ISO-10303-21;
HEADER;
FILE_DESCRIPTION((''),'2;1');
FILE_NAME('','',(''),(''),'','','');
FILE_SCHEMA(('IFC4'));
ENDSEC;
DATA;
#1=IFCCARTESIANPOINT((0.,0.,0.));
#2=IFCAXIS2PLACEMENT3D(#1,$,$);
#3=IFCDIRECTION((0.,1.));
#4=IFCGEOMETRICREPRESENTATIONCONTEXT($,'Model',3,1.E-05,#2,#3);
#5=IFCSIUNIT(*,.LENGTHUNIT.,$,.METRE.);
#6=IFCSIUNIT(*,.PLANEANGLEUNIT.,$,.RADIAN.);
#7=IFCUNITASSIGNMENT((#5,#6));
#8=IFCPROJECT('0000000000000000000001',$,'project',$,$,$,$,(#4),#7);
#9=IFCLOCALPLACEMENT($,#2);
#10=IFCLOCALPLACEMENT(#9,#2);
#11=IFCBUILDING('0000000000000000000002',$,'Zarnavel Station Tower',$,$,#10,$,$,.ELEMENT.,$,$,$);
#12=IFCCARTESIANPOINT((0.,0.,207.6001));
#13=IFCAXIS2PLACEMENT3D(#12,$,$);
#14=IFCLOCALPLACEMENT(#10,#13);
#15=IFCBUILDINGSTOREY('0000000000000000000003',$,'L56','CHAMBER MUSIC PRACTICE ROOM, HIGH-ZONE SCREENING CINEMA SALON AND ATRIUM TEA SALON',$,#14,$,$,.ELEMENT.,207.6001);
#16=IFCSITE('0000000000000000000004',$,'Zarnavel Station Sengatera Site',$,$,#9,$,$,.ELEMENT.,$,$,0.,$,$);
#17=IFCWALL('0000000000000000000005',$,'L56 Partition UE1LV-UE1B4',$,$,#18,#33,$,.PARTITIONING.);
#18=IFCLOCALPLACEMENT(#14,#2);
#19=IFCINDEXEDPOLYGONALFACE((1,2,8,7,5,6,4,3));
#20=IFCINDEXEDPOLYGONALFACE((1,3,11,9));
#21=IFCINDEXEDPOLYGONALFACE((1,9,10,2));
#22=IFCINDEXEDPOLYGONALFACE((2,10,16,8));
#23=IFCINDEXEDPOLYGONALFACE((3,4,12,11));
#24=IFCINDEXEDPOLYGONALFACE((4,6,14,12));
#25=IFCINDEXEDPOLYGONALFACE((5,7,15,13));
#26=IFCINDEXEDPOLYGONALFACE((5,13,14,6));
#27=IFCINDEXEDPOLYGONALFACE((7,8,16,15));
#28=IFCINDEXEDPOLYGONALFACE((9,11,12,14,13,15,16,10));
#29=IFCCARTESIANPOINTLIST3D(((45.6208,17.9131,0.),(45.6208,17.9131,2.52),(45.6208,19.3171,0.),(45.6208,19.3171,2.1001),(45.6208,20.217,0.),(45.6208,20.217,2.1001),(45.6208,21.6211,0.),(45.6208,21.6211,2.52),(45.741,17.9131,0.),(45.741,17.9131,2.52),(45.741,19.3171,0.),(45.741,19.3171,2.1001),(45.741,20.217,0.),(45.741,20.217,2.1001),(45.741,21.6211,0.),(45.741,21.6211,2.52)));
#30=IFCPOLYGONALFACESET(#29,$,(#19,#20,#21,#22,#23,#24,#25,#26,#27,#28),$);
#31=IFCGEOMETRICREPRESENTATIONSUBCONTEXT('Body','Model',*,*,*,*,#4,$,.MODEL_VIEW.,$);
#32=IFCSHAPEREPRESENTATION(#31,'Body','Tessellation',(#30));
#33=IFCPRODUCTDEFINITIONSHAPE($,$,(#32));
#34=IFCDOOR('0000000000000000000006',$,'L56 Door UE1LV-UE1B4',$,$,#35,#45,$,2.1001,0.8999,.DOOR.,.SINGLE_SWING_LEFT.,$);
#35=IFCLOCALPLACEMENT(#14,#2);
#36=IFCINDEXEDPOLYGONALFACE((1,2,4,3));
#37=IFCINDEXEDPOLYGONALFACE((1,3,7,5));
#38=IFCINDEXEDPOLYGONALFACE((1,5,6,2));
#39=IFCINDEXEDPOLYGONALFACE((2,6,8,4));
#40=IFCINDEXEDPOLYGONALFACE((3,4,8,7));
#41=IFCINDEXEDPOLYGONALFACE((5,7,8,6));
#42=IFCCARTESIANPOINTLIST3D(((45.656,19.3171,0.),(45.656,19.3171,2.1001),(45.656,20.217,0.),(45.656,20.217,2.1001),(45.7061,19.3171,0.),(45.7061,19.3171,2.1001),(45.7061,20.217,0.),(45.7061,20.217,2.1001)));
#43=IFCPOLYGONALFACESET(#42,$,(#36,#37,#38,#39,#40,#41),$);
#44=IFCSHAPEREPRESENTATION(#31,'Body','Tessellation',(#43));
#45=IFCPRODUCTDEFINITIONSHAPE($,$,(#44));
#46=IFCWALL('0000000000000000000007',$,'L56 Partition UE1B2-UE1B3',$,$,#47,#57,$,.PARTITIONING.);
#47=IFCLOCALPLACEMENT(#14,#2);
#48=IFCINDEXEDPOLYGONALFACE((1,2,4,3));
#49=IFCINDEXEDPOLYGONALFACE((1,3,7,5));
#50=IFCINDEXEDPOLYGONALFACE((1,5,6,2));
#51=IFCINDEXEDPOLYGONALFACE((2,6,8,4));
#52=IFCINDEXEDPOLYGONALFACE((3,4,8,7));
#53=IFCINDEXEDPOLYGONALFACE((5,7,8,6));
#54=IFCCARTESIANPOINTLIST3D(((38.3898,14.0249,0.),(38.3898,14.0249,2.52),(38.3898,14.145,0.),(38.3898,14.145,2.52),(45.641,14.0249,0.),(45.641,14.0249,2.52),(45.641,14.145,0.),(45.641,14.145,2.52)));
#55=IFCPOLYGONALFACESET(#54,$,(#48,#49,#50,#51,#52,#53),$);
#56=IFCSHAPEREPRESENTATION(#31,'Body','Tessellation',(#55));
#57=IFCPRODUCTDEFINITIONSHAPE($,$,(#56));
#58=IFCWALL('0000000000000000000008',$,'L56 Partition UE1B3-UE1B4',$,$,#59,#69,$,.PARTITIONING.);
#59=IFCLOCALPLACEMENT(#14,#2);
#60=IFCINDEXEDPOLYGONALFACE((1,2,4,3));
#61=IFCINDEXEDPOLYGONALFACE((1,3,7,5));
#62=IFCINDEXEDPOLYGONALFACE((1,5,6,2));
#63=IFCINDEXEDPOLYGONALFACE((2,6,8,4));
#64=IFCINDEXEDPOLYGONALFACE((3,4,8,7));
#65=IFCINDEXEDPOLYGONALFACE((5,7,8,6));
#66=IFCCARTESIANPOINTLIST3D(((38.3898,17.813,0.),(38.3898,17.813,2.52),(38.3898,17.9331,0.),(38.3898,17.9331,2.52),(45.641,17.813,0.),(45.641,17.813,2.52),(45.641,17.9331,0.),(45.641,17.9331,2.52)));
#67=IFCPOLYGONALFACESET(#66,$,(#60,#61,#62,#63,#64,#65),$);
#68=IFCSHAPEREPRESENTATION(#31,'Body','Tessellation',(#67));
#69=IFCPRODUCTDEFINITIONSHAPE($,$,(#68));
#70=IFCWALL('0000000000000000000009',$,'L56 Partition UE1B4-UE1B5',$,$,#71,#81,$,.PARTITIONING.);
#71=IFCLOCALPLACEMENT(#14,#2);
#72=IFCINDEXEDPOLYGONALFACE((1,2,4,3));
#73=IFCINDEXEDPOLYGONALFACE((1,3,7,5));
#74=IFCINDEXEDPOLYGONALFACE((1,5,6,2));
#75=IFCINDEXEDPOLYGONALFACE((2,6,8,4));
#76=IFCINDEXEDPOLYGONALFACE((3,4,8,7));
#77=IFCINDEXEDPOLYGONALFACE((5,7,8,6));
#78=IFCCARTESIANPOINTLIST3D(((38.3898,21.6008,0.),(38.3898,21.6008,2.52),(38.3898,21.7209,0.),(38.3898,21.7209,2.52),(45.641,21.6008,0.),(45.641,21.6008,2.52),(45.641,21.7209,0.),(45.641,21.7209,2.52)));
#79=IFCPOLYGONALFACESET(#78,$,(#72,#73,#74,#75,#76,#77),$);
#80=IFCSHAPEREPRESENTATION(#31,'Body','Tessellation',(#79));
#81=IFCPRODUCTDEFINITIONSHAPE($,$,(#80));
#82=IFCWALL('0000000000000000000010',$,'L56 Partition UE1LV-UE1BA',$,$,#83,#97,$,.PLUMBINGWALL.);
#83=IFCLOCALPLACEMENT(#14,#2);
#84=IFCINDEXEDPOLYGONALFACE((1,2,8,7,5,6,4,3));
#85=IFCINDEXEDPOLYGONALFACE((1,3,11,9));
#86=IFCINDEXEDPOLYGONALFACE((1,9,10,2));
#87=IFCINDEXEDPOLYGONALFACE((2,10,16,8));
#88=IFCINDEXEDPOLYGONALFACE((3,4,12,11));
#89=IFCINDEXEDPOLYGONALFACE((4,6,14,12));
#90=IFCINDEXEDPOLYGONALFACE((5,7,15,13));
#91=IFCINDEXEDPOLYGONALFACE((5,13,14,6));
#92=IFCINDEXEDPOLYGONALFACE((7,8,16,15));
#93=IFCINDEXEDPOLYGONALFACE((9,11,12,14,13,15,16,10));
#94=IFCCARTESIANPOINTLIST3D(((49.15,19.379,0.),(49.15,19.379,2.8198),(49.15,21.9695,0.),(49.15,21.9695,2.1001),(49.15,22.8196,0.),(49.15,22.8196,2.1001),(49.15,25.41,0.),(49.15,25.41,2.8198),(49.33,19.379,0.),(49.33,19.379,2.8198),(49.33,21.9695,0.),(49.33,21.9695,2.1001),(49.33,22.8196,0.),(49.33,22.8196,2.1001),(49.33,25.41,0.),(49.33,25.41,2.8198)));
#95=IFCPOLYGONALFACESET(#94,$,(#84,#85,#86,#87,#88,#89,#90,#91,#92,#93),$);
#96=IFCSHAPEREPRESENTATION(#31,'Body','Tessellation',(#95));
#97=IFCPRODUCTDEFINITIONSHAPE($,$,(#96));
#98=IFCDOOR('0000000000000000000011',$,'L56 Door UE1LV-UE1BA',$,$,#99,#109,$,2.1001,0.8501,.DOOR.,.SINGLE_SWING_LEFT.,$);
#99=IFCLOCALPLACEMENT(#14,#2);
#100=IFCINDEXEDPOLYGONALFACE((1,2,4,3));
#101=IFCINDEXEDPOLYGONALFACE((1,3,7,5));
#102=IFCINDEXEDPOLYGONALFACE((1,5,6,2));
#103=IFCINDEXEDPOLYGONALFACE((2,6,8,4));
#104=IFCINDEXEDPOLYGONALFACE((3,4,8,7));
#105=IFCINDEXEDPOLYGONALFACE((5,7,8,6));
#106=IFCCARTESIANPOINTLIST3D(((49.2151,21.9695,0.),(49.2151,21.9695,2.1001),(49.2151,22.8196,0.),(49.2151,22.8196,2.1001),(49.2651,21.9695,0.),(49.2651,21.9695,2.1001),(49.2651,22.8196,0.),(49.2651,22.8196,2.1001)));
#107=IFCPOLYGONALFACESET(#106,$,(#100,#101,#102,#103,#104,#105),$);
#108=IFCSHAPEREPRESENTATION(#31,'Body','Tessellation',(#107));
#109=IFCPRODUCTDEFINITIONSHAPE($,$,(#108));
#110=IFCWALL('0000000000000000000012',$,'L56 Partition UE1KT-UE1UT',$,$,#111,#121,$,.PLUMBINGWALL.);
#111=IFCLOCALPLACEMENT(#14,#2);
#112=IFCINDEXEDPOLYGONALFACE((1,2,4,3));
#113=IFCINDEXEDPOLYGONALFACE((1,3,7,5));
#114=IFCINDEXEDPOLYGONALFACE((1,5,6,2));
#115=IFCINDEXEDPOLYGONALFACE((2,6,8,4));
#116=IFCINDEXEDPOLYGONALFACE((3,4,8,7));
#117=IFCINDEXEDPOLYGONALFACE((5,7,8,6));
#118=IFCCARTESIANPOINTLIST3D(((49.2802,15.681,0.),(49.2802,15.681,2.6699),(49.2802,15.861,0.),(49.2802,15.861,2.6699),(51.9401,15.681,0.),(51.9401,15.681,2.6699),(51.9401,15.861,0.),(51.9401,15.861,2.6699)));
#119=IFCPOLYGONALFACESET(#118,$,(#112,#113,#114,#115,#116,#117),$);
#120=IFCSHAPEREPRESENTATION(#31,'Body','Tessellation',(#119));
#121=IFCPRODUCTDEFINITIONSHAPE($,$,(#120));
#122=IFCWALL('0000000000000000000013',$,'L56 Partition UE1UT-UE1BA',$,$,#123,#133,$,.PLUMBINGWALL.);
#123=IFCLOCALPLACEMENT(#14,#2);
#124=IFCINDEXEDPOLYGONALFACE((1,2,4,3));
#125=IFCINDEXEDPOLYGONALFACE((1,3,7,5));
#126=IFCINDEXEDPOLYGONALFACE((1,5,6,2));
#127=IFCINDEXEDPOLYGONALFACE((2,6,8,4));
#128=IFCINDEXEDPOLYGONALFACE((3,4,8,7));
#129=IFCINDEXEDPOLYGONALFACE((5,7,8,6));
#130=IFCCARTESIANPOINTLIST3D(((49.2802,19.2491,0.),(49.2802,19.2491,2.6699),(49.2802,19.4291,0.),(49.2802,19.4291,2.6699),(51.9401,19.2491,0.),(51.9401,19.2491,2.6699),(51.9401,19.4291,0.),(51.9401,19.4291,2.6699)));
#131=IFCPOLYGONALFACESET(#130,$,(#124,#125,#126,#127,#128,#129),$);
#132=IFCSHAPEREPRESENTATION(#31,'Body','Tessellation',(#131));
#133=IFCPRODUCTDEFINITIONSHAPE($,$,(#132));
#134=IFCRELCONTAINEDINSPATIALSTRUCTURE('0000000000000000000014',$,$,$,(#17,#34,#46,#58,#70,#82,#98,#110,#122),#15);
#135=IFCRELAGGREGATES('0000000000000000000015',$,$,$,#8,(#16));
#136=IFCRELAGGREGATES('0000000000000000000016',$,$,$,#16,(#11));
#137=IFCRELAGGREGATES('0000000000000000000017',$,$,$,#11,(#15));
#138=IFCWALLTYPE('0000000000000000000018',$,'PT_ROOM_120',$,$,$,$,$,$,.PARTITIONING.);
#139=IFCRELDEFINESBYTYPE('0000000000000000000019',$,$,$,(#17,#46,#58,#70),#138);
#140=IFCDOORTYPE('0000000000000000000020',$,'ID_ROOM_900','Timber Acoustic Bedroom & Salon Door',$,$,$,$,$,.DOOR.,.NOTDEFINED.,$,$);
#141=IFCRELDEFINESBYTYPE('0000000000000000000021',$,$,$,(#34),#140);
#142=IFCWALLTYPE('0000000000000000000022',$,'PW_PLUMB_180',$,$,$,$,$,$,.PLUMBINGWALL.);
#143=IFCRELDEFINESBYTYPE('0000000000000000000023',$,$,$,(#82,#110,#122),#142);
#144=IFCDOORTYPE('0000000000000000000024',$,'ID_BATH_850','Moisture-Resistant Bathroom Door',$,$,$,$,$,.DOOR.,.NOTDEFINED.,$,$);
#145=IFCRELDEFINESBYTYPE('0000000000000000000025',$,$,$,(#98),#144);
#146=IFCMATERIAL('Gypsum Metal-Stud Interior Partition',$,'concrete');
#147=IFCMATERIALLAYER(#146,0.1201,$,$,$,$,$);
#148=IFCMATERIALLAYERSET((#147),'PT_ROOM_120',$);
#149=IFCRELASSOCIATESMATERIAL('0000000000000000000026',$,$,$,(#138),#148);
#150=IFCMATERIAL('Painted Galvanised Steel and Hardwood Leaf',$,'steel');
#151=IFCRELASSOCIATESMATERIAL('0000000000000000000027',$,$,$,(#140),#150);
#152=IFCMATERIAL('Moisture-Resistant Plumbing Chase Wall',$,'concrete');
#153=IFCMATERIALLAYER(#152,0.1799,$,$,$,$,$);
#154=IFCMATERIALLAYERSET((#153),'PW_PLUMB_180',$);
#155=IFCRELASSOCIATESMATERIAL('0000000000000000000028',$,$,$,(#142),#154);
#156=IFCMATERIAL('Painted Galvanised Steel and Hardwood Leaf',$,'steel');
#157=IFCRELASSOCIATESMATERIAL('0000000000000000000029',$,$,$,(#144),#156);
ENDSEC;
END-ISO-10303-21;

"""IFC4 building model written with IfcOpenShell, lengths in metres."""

from ifc_helpers import new_model, si_unit, direction, frame, frame_2d, origin, place, context, subcontext, project, spatial, rectangle, extrude, material, layer, layer_set, type_object, element, fill, save


model = new_model("IFC4")

# Units and contexts
model_context = context("Model", 3, precision=1e-05, world=origin(), true_north=direction((0.0, 1.0)))
body_context = subcontext(model_context, "Body", "Model", "MODEL_VIEW")
ifc_project = project(units=[si_unit("LENGTHUNIT", "METRE"), si_unit("PLANEANGLEUNIT", "RADIAN")], contexts=[model_context])

# Site, building, storey
site_placement = place(None, origin())
site = spatial("IfcSite", under=ifc_project, at=site_placement, Name="Zarnavel Station Sengatera Site", CompositionType="ELEMENT", RefElevation=0.0)
building_placement = place(site_placement, origin())
building = spatial("IfcBuilding", under=site, at=building_placement, Name="Zarnavel Station Tower", CompositionType="ELEMENT")
storey_placement = place(building_placement, frame((0.0, 0.0, 207.6001)))
storey = spatial("IfcBuildingStorey", under=building, at=storey_placement, Name="L56", Description="CHAMBER MUSIC PRACTICE ROOM, HIGH-ZONE SCREENING CINEMA SALON AND ATRIUM TEA SALON", CompositionType="ELEMENT", Elevation=207.6001)

# Wall, opening, door
ifc_material_1 = material(Name="Gypsum Metal-Stud Interior Partition", Category="concrete")
ifc_layer_1 = layer(ifc_material_1, 0.1201)
ifc_layer_set_1 = layer_set([ifc_layer_1], Name="PT_ROOM_120")
wall_type_1 = type_object("IfcWallType", Name="PT_ROOM_120", PredefinedType="PARTITIONING", material=ifc_layer_set_1)
ifc_material_2 = material(Name="Painted Galvanised Steel and Hardwood Leaf", Category="steel")
door_type_1 = type_object("IfcDoorType", Name="ID_ROOM_900", Description="Timber Acoustic Bedroom & Salon Door", OperationType="NOTDEFINED", PredefinedType="DOOR", material=ifc_material_2)
wall_1_placement = place(storey_placement, frame((45.6809, 17.9131, 0.0), z_axis=(0.0, 0.0, 1.0), x_axis=(0.0, 1.0, 0.0)))
wall_1 = element("IfcWall", 1, at=wall_1_placement, inside=storey, type_object=wall_type_1, Name="L56 Partition UE1LV-UE1B4", PredefinedType="PARTITIONING", context=body_context, shape_type="SweptSolid", body=[
    extrude(rectangle(XDim=3.708, YDim=0.1201, at=frame_2d((1.854, 0.0))), origin(), (0.0, 0.0, 1.0), 2.52),
])
opening_1_placement = place(wall_1_placement, frame((1.4041, 0.0, 0.0)))
opening_1 = element("IfcOpeningElement", 2, at=opening_1_placement, cuts=wall_1, PredefinedType="OPENING", context=body_context, shape_type="SweptSolid", body=[
    extrude(rectangle(XDim=0.8999, YDim=2.1001, at=frame_2d((0.45, 1.05))), frame((0.0, 0.0701, 0.0), z_axis=(0.0, -1.0, 0.0), x_axis=(1.0, 0.0, 0.0)), (0.0, 0.0, 1.0), 0.1401),
])
door_1_placement = place(opening_1_placement, origin())
door_1 = element("IfcDoor", 3, at=door_1_placement, inside=storey, type_object=door_type_1, Name="L56 Door UE1LV-UE1B4", OperationType="SINGLE_SWING_LEFT", OverallHeight=2.1001, OverallWidth=0.8999, PredefinedType="DOOR", context=body_context, shape_type="SweptSolid", body=[
    extrude(rectangle(XDim=0.8999, YDim=2.1001, at=frame_2d((0.45, 1.05))), frame((0.0, 0.0249, 0.0), z_axis=(0.0, -1.0, 0.0), x_axis=(1.0, 0.0, 0.0)), (0.0, 0.0, 1.0), 0.05),
])
fill(opening_1, door_1)

# Walls
for number, where, z_axis, x_axis, name in (
    (4, (38.3899, 14.085, 0.0), (0.0, 0.0, 1.0), (1.0, 0.0, 0.0), "L56 Partition UE1B2-UE1B3"),
    (5, (38.3899, 17.873, 0.0), (0.0, 0.0, 1.0), (1.0, 0.0, 0.0), "L56 Partition UE1B3-UE1B4"),
    (6, (38.3899, 21.6609, 0.0), (0.0, 0.0, 1.0), (1.0, 0.0, 0.0), "L56 Partition UE1B4-UE1B5"),
):
    element("IfcWall", number, at=place(storey_placement, frame(where, z_axis=z_axis, x_axis=x_axis)), inside=storey, type_object=wall_type_1, Name=name, PredefinedType="PARTITIONING", context=body_context, shape_type="SweptSolid", body=[
        extrude(rectangle(XDim=7.2512, YDim=0.1201, at=frame_2d((3.6255, 0.0))), origin(), (0.0, 0.0, 1.0), 2.52),
    ])

# Wall, opening, door
ifc_material_3 = material(Name="Moisture-Resistant Plumbing Chase Wall", Category="concrete")
ifc_layer_2 = layer(ifc_material_3, 0.1799)
ifc_layer_set_2 = layer_set([ifc_layer_2], Name="PW_PLUMB_180")
wall_type_2 = type_object("IfcWallType", Name="PW_PLUMB_180", PredefinedType="PLUMBINGWALL", material=ifc_layer_set_2)
wall_2_placement = place(storey_placement, frame((49.24, 19.3789, 0.0), z_axis=(0.0, 0.0, 1.0), x_axis=(0.0, 1.0, 0.0)))
wall_2 = element("IfcWall", 7, at=wall_2_placement, inside=storey, type_object=wall_type_2, Name="L56 Partition UE1LV-UE1BA", PredefinedType="PLUMBINGWALL", context=body_context, shape_type="SweptSolid", body=[
    extrude(rectangle(XDim=6.031, YDim=0.1799, at=frame_2d((3.0156, 0.0))), origin(), (0.0, 0.0, 1.0), 2.8198),
])
opening_2_placement = place(wall_2_placement, frame((2.5906, 0.0, 0.0)))
opening_2 = element("IfcOpeningElement", 8, at=opening_2_placement, cuts=wall_2, PredefinedType="OPENING", context=body_context, shape_type="SweptSolid", body=[
    extrude(rectangle(XDim=0.8501, YDim=2.1001, at=frame_2d((0.425, 1.05))), frame((0.0, 0.0999, 0.0), z_axis=(0.0, -1.0, 0.0), x_axis=(1.0, 0.0, 0.0)), (0.0, 0.0, 1.0), 0.2),
])
ifc_material_4 = material(Name="Painted Galvanised Steel and Hardwood Leaf", Category="steel")
door_type_2 = type_object("IfcDoorType", Name="ID_BATH_850", Description="Moisture-Resistant Bathroom Door", OperationType="NOTDEFINED", PredefinedType="DOOR", material=ifc_material_4)
door_2_placement = place(opening_2_placement, origin())
door_2 = element("IfcDoor", 9, at=door_2_placement, inside=storey, type_object=door_type_2, Name="L56 Door UE1LV-UE1BA", OperationType="SINGLE_SWING_LEFT", OverallHeight=2.1001, OverallWidth=0.8501, PredefinedType="DOOR", context=body_context, shape_type="SweptSolid", body=[
    extrude(rectangle(XDim=0.8501, YDim=2.1001, at=frame_2d((0.425, 1.05))), frame((0.0, 0.0249, 0.0), z_axis=(0.0, -1.0, 0.0), x_axis=(1.0, 0.0, 0.0)), (0.0, 0.0, 1.0), 0.05),
])
fill(opening_2, door_2)

# Walls
for number, where, z_axis, x_axis, name in (
    (10, (49.28, 15.771, 0.0), (0.0, 0.0, 1.0), (1.0, 0.0, 0.0), "L56 Partition UE1KT-UE1UT"),
    (11, (49.28, 19.3391, 0.0), (0.0, 0.0, 1.0), (1.0, 0.0, 0.0), "L56 Partition UE1UT-UE1BA"),
):
    element("IfcWall", number, at=place(storey_placement, frame(where, z_axis=z_axis, x_axis=x_axis)), inside=storey, type_object=wall_type_2, Name=name, PredefinedType="PLUMBINGWALL", context=body_context, shape_type="SweptSolid", body=[
        extrude(rectangle(XDim=2.6599, YDim=0.1799, at=frame_2d((1.3301, 0.0))), origin(), (0.0, 0.0, 1.0), 2.6699),
    ])

save(model, "model.ifc")
